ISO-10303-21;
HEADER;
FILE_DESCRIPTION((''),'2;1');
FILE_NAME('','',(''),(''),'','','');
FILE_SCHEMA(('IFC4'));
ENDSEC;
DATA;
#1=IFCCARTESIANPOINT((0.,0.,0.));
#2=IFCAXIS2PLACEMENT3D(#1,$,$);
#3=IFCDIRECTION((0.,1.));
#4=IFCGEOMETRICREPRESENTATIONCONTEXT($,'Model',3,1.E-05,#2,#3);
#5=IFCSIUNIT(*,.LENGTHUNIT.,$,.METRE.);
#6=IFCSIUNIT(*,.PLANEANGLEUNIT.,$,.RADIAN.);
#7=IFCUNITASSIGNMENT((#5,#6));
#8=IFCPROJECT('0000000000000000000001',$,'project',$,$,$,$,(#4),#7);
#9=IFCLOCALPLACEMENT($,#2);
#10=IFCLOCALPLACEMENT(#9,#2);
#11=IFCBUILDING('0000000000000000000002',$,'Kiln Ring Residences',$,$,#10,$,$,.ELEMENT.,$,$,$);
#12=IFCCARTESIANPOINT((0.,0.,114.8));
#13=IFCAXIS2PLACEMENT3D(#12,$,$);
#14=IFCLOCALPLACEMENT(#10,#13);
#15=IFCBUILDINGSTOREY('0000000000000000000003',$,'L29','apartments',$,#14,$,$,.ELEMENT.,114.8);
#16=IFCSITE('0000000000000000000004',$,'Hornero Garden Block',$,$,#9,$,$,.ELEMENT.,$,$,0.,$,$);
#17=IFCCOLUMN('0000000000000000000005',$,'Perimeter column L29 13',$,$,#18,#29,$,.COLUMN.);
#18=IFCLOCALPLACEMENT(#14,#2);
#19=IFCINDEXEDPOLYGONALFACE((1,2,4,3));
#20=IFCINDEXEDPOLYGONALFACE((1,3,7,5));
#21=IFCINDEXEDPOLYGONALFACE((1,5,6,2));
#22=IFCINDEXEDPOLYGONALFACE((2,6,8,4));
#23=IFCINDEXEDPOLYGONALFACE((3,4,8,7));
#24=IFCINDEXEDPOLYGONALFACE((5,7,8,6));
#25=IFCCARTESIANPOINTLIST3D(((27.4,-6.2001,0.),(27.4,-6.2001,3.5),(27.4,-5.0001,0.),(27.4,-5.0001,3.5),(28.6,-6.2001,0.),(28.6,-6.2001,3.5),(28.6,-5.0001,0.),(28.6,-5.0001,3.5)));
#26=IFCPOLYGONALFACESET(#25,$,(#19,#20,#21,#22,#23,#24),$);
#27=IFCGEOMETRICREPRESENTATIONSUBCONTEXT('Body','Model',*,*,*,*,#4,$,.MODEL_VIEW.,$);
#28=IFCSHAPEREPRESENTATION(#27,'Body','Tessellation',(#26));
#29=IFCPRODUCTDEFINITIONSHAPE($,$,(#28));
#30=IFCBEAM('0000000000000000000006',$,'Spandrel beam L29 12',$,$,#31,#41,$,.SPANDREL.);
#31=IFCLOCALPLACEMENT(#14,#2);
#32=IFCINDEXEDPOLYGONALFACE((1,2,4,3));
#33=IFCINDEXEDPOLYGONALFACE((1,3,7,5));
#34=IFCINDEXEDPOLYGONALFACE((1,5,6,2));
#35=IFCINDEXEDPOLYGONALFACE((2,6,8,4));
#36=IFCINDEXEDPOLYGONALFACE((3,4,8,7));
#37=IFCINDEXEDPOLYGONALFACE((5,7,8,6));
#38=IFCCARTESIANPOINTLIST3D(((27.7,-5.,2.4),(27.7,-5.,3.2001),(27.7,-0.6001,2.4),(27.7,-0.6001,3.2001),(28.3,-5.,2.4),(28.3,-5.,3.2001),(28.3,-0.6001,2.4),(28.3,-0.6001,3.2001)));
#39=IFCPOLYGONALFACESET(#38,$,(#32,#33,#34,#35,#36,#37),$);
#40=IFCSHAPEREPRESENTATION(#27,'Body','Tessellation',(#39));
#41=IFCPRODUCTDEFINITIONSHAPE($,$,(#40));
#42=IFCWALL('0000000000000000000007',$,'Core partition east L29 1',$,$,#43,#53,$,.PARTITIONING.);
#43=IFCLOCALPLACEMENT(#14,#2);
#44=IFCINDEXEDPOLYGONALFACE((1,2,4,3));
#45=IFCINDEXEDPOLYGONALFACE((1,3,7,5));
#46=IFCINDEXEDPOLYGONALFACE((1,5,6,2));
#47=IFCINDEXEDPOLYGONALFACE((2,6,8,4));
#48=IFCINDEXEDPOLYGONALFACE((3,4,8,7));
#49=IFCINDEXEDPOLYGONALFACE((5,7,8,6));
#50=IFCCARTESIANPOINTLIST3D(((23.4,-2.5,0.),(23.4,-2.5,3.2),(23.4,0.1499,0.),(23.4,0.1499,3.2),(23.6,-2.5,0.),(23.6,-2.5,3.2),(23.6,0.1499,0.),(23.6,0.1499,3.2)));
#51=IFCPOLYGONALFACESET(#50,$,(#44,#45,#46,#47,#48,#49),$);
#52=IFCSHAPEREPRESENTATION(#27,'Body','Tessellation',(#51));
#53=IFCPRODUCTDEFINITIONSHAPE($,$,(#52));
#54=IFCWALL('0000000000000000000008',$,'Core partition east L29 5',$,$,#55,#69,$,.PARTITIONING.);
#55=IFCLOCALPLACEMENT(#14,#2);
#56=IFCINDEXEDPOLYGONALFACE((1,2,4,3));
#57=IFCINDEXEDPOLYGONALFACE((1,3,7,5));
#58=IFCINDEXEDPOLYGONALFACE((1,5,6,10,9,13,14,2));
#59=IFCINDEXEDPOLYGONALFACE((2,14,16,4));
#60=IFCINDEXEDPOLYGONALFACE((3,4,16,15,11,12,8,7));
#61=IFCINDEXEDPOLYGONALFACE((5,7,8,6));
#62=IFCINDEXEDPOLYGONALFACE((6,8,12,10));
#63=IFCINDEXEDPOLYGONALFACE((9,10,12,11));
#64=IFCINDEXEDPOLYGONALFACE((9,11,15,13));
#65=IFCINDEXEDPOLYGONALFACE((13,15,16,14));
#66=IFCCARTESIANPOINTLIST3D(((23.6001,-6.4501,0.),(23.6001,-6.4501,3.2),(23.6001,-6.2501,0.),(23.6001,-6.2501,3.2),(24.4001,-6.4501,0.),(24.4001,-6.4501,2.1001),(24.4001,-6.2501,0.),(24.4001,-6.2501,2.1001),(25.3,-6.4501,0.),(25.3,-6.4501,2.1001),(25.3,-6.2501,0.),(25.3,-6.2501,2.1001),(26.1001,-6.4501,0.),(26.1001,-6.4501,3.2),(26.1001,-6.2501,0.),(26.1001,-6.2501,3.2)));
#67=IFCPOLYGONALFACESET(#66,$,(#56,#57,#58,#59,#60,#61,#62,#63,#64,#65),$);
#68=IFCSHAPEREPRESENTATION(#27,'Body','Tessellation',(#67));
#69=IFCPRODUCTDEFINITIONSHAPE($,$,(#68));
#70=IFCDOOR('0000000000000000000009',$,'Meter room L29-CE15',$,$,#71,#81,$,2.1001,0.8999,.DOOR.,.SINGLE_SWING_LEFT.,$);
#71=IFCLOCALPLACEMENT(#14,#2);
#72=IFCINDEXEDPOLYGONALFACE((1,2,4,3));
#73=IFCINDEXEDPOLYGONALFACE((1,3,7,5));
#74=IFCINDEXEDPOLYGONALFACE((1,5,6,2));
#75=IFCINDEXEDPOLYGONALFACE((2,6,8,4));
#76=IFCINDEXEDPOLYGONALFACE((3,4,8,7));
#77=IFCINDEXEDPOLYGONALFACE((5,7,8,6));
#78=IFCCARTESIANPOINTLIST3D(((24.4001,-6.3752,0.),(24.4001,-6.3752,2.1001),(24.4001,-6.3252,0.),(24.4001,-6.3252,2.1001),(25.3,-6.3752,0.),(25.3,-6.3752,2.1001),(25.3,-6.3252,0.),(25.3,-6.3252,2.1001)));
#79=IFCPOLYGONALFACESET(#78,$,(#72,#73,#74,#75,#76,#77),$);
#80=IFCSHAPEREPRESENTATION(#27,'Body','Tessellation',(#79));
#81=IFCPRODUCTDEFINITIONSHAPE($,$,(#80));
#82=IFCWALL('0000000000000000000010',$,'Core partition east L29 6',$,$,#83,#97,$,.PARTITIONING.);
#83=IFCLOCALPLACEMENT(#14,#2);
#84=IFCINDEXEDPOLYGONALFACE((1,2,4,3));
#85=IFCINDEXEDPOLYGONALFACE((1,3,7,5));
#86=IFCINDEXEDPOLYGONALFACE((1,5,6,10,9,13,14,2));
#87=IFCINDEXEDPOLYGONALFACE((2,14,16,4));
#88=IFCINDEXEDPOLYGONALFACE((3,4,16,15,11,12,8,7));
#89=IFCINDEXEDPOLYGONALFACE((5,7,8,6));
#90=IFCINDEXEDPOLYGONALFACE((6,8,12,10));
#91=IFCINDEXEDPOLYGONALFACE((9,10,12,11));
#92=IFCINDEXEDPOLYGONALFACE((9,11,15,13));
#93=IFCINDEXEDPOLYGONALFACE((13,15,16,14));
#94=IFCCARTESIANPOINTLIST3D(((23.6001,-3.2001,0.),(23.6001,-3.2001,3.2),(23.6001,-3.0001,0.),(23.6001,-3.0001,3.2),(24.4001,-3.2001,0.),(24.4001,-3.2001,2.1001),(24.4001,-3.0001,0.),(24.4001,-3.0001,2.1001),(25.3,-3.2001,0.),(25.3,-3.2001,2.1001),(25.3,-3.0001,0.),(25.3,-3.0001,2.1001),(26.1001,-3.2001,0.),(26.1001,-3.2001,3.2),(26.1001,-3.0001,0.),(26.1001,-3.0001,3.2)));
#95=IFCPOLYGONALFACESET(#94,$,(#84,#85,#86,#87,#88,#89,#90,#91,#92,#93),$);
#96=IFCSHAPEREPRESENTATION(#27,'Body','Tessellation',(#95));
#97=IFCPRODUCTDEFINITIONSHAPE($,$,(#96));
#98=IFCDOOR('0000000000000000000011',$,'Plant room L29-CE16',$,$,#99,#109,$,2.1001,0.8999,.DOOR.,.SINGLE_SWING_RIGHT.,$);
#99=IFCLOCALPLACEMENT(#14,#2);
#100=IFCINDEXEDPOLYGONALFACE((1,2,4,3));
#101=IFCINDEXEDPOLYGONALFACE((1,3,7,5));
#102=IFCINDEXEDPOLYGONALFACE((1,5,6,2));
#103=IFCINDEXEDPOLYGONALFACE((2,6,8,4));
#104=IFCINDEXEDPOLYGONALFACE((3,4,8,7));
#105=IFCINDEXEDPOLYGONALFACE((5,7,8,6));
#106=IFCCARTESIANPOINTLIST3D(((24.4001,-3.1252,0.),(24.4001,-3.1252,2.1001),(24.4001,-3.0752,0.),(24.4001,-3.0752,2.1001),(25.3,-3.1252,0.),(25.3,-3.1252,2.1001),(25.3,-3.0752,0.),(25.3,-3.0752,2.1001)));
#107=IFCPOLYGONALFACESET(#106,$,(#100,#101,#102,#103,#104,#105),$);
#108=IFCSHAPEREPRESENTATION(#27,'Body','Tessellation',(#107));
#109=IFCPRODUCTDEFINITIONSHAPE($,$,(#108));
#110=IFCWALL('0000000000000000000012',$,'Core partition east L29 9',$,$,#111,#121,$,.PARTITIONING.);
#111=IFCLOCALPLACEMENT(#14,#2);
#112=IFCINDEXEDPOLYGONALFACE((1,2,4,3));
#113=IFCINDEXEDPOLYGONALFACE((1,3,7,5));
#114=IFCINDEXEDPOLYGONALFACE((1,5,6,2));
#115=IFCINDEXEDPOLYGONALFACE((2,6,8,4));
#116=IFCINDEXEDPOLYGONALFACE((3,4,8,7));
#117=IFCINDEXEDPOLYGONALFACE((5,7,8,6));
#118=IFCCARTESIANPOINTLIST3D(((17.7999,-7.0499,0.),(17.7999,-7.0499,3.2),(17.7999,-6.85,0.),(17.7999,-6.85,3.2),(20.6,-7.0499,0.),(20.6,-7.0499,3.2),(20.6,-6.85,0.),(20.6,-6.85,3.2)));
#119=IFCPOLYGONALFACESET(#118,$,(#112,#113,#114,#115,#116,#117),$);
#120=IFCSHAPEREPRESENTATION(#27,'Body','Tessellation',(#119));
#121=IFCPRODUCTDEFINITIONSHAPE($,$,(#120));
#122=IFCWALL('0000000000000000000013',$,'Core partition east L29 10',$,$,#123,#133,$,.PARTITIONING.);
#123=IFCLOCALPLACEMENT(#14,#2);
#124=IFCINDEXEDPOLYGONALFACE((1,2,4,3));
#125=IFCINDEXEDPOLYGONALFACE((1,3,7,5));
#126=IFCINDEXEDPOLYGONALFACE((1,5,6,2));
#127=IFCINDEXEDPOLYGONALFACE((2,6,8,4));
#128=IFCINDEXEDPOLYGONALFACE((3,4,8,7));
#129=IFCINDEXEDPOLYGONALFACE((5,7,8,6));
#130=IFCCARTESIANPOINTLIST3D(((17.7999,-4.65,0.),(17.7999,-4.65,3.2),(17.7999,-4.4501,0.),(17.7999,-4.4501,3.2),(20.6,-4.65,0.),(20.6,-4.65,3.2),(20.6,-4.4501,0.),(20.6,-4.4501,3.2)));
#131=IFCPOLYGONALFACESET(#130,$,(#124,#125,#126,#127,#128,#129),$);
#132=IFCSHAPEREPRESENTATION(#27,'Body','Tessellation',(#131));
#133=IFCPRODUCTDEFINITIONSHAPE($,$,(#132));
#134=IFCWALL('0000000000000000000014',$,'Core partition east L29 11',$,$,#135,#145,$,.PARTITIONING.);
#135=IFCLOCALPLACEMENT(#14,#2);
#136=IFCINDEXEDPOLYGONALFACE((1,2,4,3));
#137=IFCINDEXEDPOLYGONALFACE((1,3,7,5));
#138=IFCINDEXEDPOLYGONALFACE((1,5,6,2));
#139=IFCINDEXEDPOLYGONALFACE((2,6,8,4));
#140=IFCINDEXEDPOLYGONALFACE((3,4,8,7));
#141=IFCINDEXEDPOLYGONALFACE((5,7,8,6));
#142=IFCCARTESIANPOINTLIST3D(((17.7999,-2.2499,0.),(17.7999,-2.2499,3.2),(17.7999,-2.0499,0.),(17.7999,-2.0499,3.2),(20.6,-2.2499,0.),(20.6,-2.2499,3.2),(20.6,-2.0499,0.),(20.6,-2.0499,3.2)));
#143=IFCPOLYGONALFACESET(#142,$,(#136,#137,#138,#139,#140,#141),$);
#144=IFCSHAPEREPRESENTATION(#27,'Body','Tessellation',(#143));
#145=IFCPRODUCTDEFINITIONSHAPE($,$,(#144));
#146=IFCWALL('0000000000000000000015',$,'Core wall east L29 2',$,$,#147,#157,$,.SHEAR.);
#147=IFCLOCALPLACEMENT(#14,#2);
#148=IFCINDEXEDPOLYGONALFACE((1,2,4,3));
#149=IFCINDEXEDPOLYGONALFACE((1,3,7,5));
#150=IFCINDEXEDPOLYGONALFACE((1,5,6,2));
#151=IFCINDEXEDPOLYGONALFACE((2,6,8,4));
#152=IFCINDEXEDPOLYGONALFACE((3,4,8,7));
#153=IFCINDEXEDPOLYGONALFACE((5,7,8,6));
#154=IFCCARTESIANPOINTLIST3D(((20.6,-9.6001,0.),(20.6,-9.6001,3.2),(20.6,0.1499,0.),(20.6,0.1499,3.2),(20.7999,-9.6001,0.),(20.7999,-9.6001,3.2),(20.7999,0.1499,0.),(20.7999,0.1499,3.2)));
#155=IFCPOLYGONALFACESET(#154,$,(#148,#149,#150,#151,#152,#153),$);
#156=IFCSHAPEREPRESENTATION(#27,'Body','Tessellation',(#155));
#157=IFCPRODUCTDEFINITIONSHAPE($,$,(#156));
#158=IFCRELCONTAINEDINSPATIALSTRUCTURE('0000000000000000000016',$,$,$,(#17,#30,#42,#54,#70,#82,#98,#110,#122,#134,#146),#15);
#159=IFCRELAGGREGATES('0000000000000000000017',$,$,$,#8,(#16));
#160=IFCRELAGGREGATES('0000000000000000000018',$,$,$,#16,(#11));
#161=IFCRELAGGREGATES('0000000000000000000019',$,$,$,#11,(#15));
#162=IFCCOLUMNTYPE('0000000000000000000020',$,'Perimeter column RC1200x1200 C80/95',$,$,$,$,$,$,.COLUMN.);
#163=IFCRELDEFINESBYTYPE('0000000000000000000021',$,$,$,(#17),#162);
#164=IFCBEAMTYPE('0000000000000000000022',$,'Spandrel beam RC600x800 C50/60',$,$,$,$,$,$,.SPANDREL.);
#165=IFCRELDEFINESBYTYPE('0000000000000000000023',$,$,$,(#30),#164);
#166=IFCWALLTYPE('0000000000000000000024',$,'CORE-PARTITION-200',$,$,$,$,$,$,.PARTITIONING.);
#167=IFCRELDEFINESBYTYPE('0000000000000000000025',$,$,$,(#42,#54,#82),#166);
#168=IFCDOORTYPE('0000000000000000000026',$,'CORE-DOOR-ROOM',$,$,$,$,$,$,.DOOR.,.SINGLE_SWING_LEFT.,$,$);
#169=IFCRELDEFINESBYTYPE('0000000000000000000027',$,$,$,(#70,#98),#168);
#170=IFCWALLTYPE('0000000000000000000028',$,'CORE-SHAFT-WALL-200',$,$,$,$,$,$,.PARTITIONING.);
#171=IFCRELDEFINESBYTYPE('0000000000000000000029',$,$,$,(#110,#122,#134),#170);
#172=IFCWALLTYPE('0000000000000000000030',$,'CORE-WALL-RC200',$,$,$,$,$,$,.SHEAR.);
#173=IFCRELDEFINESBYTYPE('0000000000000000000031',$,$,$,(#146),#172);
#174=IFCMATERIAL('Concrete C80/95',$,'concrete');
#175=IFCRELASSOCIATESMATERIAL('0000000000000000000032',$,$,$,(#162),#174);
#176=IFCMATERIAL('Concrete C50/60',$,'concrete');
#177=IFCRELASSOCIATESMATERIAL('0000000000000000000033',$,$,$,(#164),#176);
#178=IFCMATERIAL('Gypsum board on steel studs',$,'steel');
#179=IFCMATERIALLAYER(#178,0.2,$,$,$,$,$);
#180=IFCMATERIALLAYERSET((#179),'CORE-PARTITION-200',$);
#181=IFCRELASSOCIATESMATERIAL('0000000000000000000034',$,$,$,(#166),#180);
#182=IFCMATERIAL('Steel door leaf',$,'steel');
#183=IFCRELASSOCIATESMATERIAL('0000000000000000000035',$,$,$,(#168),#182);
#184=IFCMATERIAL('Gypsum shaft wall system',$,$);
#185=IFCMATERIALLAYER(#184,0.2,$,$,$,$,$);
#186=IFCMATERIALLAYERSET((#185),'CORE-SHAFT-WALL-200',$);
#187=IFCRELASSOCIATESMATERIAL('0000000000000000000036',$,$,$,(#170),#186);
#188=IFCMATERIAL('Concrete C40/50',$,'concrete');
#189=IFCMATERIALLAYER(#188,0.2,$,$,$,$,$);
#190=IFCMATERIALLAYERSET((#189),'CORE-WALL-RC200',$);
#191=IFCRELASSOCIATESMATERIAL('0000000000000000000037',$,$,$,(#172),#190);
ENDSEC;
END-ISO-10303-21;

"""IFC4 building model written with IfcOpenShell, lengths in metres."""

from ifc_helpers import new_model, si_unit, direction, frame, frame_2d, origin, origin_2d, place, context, subcontext, project, spatial, rectangle, extrude, material, layer, layer_set, material_profile, profile_set, type_object, element, fill, save


model = new_model("IFC4")

# Units and contexts
model_context = context("Model", 3, precision=1e-05, world=origin(), true_north=direction((0.0, 1.0)))
body_context = subcontext(model_context, "Body", "Model", "MODEL_VIEW")
ifc_project = project(units=[si_unit("LENGTHUNIT", "METRE"), si_unit("PLANEANGLEUNIT", "RADIAN")], contexts=[model_context])

# Site, building, storey
site_placement = place(None, origin())
site = spatial("IfcSite", under=ifc_project, at=site_placement, Name="Hornero Garden Block", CompositionType="ELEMENT", RefElevation=0.0)
building_placement = place(site_placement, origin())
building = spatial("IfcBuilding", under=site, at=building_placement, Name="Kiln Ring Residences", CompositionType="ELEMENT")
storey_placement = place(building_placement, frame((0.0, 0.0, 114.8)))
storey = spatial("IfcBuildingStorey", under=building, at=storey_placement, Name="L29", Description="apartments", CompositionType="ELEMENT", Elevation=114.8)

# Column
ifc_material_1 = material(Name="Concrete C80/95", Category="concrete")
ifc_material_profile_1 = material_profile(ifc_material_1, rectangle(XDim=1.2, YDim=1.2, at=origin_2d()), Name="RC1200x1200")
ifc_profile_set_1 = profile_set([ifc_material_profile_1], Name="Concrete C80/95")
column_type = type_object("IfcColumnType", Name="Perimeter column RC1200x1200 C80/95", PredefinedType="COLUMN", material=ifc_profile_set_1)
column_placement = place(storey_placement, frame((28.0, -5.6001, 0.0), z_axis=(0.0, 0.0, 1.0), x_axis=(1.0, 0.0, 0.0)))
element("IfcColumn", 1, at=column_placement, inside=storey, type_object=column_type, Name="Perimeter column L29 13", PredefinedType="COLUMN", context=body_context, shape_type="SweptSolid", body=[
    extrude(rectangle(XDim=1.2, YDim=1.2, at=origin_2d()), origin(), (0.0, 0.0, 1.0), 3.5),
])

# Beam
ifc_material_2 = material(Name="Concrete C50/60", Category="concrete")
ifc_material_profile_2 = material_profile(ifc_material_2, rectangle(XDim=0.6001, YDim=0.8, at=origin_2d()), Name="RC600x800")
ifc_profile_set_2 = profile_set([ifc_material_profile_2], Name="Concrete C50/60")
beam_type = type_object("IfcBeamType", Name="Spandrel beam RC600x800 C50/60", PredefinedType="SPANDREL", material=ifc_profile_set_2)
beam_placement = place(storey_placement, frame((28.0, -5.0, 2.8), z_axis=(0.0, 1.0, 0.0), x_axis=(-1.0, 0.0, 0.0)))
element("IfcBeam", 2, at=beam_placement, inside=storey, type_object=beam_type, Name="Spandrel beam L29 12", PredefinedType="SPANDREL", context=body_context, shape_type="SweptSolid", body=[
    extrude(rectangle(XDim=0.6001, YDim=0.8, at=origin_2d()), origin(), (0.0, 0.0, 1.0), 4.3999),
])

# Wall
ifc_material_3 = material(Name="Gypsum board on steel studs", Category="steel")
ifc_layer_1 = layer(ifc_material_3, 0.2)
ifc_layer_set_1 = layer_set([ifc_layer_1], Name="CORE-PARTITION-200")
wall_type_1 = type_object("IfcWallType", Name="CORE-PARTITION-200", PredefinedType="PARTITIONING", material=ifc_layer_set_1)
wall_1_placement = place(storey_placement, frame((23.5, -2.5, 0.0), z_axis=(0.0, 0.0, 1.0), x_axis=(0.0, 1.0, 0.0)))
element("IfcWall", 3, at=wall_1_placement, inside=storey, type_object=wall_type_1, Name="Core partition east L29 1", PredefinedType="PARTITIONING", context=body_context, shape_type="SweptSolid", body=[
    extrude(rectangle(XDim=2.6499, YDim=0.2, at=frame_2d((1.325, 0.0))), origin(), (0.0, 0.0, 1.0), 3.2),
])

# Walls, openings, doors
wall_2_placement = place(storey_placement, frame((23.6001, -6.3501, 0.0), z_axis=(0.0, 0.0, 1.0), x_axis=(1.0, 0.0, 0.0)))
wall_2 = element("IfcWall", 4, at=wall_2_placement, inside=storey, type_object=wall_type_1, Name="Core partition east L29 5", PredefinedType="PARTITIONING", context=body_context, shape_type="SweptSolid", body=[
    extrude(rectangle(XDim=2.5, YDim=0.2, at=frame_2d((1.25, 0.0))), origin(), (0.0, 0.0, 1.0), 3.2),
])
opening_1_placement = place(wall_2_placement, frame((0.8, 0.0, 0.0)))
opening_1 = element("IfcOpeningElement", 5, at=opening_1_placement, cuts=wall_2, PredefinedType="OPENING", context=body_context, shape_type="SweptSolid", body=[
    extrude(rectangle(XDim=0.8999, YDim=2.1001, at=frame_2d((0.45, 1.05))), frame((0.0, 0.1099, 0.0), z_axis=(0.0, -1.0, 0.0), x_axis=(1.0, 0.0, 0.0)), (0.0, 0.0, 1.0), 0.22),
])
ifc_material_4 = material(Name="Steel door leaf", Category="steel")
door_type_1 = type_object("IfcDoorType", Name="CORE-DOOR-ROOM", OperationType="SINGLE_SWING_LEFT", PredefinedType="DOOR", material=ifc_material_4)
door_1_placement = place(opening_1_placement, origin())
door_1 = element("IfcDoor", 6, at=door_1_placement, inside=storey, type_object=door_type_1, Name="Meter room L29-CE15", OperationType="SINGLE_SWING_LEFT", OverallHeight=2.1001, OverallWidth=0.8999, PredefinedType="DOOR", context=body_context, shape_type="SweptSolid", body=[
    extrude(rectangle(XDim=0.8999, YDim=2.1001, at=frame_2d((0.45, 1.05))), frame((0.0, 0.0249, 0.0), z_axis=(0.0, -1.0, 0.0), x_axis=(1.0, 0.0, 0.0)), (0.0, 0.0, 1.0), 0.05),
])
fill(opening_1, door_1)
wall_3_placement = place(storey_placement, frame((23.6001, -3.1001, 0.0), z_axis=(0.0, 0.0, 1.0), x_axis=(1.0, 0.0, 0.0)))
wall_3 = element("IfcWall", 7, at=wall_3_placement, inside=storey, type_object=wall_type_1, Name="Core partition east L29 6", PredefinedType="PARTITIONING", context=body_context, shape_type="SweptSolid", body=[
    extrude(rectangle(XDim=2.5, YDim=0.2, at=frame_2d((1.25, 0.0))), origin(), (0.0, 0.0, 1.0), 3.2),
])
opening_2_placement = place(wall_3_placement, frame((0.8, 0.0, 0.0)))
opening_2 = element("IfcOpeningElement", 8, at=opening_2_placement, cuts=wall_3, PredefinedType="OPENING", context=body_context, shape_type="SweptSolid", body=[
    extrude(rectangle(XDim=0.8999, YDim=2.1001, at=frame_2d((0.45, 1.05))), frame((0.0, 0.1099, 0.0), z_axis=(0.0, -1.0, 0.0), x_axis=(1.0, 0.0, 0.0)), (0.0, 0.0, 1.0), 0.22),
])
door_2_placement = place(opening_2_placement, origin())
door_2 = element("IfcDoor", 9, at=door_2_placement, inside=storey, type_object=door_type_1, Name="Plant room L29-CE16", OperationType="SINGLE_SWING_RIGHT", OverallHeight=2.1001, OverallWidth=0.8999, PredefinedType="DOOR", context=body_context, shape_type="SweptSolid", body=[
    extrude(rectangle(XDim=0.8999, YDim=2.1001, at=frame_2d((0.45, 1.05))), frame((0.0, 0.0249, 0.0), z_axis=(0.0, -1.0, 0.0), x_axis=(1.0, 0.0, 0.0)), (0.0, 0.0, 1.0), 0.05),
])
fill(opening_2, door_2)

# Walls
ifc_material_5 = material(Name="Gypsum shaft wall system")
ifc_layer_2 = layer(ifc_material_5, 0.2)
ifc_layer_set_2 = layer_set([ifc_layer_2], Name="CORE-SHAFT-WALL-200")
wall_type_2 = type_object("IfcWallType", Name="CORE-SHAFT-WALL-200", PredefinedType="PARTITIONING", material=ifc_layer_set_2)
for number, where, z_axis, x_axis, name in (
    (10, (17.8, -6.95, 0.0), (0.0, 0.0, 1.0), (1.0, 0.0, 0.0), "Core partition east L29 9"),
    (11, (17.8, -4.55, 0.0), (0.0, 0.0, 1.0), (1.0, 0.0, 0.0), "Core partition east L29 10"),
    (12, (17.8, -2.1499, 0.0), (0.0, 0.0, 1.0), (1.0, 0.0, 0.0), "Core partition east L29 11"),
):
    element("IfcWall", number, at=place(storey_placement, frame(where, z_axis=z_axis, x_axis=x_axis)), inside=storey, type_object=wall_type_2, Name=name, PredefinedType="PARTITIONING", context=body_context, shape_type="SweptSolid", body=[
        extrude(rectangle(XDim=2.8, YDim=0.2, at=frame_2d((1.3999, 0.0))), origin(), (0.0, 0.0, 1.0), 3.2),
    ])
ifc_material_6 = material(Name="Concrete C40/50", Category="concrete")
ifc_layer_3 = layer(ifc_material_6, 0.2)
ifc_layer_set_3 = layer_set([ifc_layer_3], Name="CORE-WALL-RC200")
wall_type_3 = type_object("IfcWallType", Name="CORE-WALL-RC200", PredefinedType="SHEAR", material=ifc_layer_set_3)
wall_4_placement = place(storey_placement, frame((20.7, -9.6001, 0.0), z_axis=(0.0, 0.0, 1.0), x_axis=(0.0, 1.0, 0.0)))
element("IfcWall", 13, at=wall_4_placement, inside=storey, type_object=wall_type_3, Name="Core wall east L29 2", PredefinedType="SHEAR", context=body_context, shape_type="SweptSolid", body=[
    extrude(rectangle(XDim=9.75, YDim=0.2, at=frame_2d((4.875, 0.0))), origin(), (0.0, 0.0, 1.0), 3.2),
])

save(model, "model.ifc")
